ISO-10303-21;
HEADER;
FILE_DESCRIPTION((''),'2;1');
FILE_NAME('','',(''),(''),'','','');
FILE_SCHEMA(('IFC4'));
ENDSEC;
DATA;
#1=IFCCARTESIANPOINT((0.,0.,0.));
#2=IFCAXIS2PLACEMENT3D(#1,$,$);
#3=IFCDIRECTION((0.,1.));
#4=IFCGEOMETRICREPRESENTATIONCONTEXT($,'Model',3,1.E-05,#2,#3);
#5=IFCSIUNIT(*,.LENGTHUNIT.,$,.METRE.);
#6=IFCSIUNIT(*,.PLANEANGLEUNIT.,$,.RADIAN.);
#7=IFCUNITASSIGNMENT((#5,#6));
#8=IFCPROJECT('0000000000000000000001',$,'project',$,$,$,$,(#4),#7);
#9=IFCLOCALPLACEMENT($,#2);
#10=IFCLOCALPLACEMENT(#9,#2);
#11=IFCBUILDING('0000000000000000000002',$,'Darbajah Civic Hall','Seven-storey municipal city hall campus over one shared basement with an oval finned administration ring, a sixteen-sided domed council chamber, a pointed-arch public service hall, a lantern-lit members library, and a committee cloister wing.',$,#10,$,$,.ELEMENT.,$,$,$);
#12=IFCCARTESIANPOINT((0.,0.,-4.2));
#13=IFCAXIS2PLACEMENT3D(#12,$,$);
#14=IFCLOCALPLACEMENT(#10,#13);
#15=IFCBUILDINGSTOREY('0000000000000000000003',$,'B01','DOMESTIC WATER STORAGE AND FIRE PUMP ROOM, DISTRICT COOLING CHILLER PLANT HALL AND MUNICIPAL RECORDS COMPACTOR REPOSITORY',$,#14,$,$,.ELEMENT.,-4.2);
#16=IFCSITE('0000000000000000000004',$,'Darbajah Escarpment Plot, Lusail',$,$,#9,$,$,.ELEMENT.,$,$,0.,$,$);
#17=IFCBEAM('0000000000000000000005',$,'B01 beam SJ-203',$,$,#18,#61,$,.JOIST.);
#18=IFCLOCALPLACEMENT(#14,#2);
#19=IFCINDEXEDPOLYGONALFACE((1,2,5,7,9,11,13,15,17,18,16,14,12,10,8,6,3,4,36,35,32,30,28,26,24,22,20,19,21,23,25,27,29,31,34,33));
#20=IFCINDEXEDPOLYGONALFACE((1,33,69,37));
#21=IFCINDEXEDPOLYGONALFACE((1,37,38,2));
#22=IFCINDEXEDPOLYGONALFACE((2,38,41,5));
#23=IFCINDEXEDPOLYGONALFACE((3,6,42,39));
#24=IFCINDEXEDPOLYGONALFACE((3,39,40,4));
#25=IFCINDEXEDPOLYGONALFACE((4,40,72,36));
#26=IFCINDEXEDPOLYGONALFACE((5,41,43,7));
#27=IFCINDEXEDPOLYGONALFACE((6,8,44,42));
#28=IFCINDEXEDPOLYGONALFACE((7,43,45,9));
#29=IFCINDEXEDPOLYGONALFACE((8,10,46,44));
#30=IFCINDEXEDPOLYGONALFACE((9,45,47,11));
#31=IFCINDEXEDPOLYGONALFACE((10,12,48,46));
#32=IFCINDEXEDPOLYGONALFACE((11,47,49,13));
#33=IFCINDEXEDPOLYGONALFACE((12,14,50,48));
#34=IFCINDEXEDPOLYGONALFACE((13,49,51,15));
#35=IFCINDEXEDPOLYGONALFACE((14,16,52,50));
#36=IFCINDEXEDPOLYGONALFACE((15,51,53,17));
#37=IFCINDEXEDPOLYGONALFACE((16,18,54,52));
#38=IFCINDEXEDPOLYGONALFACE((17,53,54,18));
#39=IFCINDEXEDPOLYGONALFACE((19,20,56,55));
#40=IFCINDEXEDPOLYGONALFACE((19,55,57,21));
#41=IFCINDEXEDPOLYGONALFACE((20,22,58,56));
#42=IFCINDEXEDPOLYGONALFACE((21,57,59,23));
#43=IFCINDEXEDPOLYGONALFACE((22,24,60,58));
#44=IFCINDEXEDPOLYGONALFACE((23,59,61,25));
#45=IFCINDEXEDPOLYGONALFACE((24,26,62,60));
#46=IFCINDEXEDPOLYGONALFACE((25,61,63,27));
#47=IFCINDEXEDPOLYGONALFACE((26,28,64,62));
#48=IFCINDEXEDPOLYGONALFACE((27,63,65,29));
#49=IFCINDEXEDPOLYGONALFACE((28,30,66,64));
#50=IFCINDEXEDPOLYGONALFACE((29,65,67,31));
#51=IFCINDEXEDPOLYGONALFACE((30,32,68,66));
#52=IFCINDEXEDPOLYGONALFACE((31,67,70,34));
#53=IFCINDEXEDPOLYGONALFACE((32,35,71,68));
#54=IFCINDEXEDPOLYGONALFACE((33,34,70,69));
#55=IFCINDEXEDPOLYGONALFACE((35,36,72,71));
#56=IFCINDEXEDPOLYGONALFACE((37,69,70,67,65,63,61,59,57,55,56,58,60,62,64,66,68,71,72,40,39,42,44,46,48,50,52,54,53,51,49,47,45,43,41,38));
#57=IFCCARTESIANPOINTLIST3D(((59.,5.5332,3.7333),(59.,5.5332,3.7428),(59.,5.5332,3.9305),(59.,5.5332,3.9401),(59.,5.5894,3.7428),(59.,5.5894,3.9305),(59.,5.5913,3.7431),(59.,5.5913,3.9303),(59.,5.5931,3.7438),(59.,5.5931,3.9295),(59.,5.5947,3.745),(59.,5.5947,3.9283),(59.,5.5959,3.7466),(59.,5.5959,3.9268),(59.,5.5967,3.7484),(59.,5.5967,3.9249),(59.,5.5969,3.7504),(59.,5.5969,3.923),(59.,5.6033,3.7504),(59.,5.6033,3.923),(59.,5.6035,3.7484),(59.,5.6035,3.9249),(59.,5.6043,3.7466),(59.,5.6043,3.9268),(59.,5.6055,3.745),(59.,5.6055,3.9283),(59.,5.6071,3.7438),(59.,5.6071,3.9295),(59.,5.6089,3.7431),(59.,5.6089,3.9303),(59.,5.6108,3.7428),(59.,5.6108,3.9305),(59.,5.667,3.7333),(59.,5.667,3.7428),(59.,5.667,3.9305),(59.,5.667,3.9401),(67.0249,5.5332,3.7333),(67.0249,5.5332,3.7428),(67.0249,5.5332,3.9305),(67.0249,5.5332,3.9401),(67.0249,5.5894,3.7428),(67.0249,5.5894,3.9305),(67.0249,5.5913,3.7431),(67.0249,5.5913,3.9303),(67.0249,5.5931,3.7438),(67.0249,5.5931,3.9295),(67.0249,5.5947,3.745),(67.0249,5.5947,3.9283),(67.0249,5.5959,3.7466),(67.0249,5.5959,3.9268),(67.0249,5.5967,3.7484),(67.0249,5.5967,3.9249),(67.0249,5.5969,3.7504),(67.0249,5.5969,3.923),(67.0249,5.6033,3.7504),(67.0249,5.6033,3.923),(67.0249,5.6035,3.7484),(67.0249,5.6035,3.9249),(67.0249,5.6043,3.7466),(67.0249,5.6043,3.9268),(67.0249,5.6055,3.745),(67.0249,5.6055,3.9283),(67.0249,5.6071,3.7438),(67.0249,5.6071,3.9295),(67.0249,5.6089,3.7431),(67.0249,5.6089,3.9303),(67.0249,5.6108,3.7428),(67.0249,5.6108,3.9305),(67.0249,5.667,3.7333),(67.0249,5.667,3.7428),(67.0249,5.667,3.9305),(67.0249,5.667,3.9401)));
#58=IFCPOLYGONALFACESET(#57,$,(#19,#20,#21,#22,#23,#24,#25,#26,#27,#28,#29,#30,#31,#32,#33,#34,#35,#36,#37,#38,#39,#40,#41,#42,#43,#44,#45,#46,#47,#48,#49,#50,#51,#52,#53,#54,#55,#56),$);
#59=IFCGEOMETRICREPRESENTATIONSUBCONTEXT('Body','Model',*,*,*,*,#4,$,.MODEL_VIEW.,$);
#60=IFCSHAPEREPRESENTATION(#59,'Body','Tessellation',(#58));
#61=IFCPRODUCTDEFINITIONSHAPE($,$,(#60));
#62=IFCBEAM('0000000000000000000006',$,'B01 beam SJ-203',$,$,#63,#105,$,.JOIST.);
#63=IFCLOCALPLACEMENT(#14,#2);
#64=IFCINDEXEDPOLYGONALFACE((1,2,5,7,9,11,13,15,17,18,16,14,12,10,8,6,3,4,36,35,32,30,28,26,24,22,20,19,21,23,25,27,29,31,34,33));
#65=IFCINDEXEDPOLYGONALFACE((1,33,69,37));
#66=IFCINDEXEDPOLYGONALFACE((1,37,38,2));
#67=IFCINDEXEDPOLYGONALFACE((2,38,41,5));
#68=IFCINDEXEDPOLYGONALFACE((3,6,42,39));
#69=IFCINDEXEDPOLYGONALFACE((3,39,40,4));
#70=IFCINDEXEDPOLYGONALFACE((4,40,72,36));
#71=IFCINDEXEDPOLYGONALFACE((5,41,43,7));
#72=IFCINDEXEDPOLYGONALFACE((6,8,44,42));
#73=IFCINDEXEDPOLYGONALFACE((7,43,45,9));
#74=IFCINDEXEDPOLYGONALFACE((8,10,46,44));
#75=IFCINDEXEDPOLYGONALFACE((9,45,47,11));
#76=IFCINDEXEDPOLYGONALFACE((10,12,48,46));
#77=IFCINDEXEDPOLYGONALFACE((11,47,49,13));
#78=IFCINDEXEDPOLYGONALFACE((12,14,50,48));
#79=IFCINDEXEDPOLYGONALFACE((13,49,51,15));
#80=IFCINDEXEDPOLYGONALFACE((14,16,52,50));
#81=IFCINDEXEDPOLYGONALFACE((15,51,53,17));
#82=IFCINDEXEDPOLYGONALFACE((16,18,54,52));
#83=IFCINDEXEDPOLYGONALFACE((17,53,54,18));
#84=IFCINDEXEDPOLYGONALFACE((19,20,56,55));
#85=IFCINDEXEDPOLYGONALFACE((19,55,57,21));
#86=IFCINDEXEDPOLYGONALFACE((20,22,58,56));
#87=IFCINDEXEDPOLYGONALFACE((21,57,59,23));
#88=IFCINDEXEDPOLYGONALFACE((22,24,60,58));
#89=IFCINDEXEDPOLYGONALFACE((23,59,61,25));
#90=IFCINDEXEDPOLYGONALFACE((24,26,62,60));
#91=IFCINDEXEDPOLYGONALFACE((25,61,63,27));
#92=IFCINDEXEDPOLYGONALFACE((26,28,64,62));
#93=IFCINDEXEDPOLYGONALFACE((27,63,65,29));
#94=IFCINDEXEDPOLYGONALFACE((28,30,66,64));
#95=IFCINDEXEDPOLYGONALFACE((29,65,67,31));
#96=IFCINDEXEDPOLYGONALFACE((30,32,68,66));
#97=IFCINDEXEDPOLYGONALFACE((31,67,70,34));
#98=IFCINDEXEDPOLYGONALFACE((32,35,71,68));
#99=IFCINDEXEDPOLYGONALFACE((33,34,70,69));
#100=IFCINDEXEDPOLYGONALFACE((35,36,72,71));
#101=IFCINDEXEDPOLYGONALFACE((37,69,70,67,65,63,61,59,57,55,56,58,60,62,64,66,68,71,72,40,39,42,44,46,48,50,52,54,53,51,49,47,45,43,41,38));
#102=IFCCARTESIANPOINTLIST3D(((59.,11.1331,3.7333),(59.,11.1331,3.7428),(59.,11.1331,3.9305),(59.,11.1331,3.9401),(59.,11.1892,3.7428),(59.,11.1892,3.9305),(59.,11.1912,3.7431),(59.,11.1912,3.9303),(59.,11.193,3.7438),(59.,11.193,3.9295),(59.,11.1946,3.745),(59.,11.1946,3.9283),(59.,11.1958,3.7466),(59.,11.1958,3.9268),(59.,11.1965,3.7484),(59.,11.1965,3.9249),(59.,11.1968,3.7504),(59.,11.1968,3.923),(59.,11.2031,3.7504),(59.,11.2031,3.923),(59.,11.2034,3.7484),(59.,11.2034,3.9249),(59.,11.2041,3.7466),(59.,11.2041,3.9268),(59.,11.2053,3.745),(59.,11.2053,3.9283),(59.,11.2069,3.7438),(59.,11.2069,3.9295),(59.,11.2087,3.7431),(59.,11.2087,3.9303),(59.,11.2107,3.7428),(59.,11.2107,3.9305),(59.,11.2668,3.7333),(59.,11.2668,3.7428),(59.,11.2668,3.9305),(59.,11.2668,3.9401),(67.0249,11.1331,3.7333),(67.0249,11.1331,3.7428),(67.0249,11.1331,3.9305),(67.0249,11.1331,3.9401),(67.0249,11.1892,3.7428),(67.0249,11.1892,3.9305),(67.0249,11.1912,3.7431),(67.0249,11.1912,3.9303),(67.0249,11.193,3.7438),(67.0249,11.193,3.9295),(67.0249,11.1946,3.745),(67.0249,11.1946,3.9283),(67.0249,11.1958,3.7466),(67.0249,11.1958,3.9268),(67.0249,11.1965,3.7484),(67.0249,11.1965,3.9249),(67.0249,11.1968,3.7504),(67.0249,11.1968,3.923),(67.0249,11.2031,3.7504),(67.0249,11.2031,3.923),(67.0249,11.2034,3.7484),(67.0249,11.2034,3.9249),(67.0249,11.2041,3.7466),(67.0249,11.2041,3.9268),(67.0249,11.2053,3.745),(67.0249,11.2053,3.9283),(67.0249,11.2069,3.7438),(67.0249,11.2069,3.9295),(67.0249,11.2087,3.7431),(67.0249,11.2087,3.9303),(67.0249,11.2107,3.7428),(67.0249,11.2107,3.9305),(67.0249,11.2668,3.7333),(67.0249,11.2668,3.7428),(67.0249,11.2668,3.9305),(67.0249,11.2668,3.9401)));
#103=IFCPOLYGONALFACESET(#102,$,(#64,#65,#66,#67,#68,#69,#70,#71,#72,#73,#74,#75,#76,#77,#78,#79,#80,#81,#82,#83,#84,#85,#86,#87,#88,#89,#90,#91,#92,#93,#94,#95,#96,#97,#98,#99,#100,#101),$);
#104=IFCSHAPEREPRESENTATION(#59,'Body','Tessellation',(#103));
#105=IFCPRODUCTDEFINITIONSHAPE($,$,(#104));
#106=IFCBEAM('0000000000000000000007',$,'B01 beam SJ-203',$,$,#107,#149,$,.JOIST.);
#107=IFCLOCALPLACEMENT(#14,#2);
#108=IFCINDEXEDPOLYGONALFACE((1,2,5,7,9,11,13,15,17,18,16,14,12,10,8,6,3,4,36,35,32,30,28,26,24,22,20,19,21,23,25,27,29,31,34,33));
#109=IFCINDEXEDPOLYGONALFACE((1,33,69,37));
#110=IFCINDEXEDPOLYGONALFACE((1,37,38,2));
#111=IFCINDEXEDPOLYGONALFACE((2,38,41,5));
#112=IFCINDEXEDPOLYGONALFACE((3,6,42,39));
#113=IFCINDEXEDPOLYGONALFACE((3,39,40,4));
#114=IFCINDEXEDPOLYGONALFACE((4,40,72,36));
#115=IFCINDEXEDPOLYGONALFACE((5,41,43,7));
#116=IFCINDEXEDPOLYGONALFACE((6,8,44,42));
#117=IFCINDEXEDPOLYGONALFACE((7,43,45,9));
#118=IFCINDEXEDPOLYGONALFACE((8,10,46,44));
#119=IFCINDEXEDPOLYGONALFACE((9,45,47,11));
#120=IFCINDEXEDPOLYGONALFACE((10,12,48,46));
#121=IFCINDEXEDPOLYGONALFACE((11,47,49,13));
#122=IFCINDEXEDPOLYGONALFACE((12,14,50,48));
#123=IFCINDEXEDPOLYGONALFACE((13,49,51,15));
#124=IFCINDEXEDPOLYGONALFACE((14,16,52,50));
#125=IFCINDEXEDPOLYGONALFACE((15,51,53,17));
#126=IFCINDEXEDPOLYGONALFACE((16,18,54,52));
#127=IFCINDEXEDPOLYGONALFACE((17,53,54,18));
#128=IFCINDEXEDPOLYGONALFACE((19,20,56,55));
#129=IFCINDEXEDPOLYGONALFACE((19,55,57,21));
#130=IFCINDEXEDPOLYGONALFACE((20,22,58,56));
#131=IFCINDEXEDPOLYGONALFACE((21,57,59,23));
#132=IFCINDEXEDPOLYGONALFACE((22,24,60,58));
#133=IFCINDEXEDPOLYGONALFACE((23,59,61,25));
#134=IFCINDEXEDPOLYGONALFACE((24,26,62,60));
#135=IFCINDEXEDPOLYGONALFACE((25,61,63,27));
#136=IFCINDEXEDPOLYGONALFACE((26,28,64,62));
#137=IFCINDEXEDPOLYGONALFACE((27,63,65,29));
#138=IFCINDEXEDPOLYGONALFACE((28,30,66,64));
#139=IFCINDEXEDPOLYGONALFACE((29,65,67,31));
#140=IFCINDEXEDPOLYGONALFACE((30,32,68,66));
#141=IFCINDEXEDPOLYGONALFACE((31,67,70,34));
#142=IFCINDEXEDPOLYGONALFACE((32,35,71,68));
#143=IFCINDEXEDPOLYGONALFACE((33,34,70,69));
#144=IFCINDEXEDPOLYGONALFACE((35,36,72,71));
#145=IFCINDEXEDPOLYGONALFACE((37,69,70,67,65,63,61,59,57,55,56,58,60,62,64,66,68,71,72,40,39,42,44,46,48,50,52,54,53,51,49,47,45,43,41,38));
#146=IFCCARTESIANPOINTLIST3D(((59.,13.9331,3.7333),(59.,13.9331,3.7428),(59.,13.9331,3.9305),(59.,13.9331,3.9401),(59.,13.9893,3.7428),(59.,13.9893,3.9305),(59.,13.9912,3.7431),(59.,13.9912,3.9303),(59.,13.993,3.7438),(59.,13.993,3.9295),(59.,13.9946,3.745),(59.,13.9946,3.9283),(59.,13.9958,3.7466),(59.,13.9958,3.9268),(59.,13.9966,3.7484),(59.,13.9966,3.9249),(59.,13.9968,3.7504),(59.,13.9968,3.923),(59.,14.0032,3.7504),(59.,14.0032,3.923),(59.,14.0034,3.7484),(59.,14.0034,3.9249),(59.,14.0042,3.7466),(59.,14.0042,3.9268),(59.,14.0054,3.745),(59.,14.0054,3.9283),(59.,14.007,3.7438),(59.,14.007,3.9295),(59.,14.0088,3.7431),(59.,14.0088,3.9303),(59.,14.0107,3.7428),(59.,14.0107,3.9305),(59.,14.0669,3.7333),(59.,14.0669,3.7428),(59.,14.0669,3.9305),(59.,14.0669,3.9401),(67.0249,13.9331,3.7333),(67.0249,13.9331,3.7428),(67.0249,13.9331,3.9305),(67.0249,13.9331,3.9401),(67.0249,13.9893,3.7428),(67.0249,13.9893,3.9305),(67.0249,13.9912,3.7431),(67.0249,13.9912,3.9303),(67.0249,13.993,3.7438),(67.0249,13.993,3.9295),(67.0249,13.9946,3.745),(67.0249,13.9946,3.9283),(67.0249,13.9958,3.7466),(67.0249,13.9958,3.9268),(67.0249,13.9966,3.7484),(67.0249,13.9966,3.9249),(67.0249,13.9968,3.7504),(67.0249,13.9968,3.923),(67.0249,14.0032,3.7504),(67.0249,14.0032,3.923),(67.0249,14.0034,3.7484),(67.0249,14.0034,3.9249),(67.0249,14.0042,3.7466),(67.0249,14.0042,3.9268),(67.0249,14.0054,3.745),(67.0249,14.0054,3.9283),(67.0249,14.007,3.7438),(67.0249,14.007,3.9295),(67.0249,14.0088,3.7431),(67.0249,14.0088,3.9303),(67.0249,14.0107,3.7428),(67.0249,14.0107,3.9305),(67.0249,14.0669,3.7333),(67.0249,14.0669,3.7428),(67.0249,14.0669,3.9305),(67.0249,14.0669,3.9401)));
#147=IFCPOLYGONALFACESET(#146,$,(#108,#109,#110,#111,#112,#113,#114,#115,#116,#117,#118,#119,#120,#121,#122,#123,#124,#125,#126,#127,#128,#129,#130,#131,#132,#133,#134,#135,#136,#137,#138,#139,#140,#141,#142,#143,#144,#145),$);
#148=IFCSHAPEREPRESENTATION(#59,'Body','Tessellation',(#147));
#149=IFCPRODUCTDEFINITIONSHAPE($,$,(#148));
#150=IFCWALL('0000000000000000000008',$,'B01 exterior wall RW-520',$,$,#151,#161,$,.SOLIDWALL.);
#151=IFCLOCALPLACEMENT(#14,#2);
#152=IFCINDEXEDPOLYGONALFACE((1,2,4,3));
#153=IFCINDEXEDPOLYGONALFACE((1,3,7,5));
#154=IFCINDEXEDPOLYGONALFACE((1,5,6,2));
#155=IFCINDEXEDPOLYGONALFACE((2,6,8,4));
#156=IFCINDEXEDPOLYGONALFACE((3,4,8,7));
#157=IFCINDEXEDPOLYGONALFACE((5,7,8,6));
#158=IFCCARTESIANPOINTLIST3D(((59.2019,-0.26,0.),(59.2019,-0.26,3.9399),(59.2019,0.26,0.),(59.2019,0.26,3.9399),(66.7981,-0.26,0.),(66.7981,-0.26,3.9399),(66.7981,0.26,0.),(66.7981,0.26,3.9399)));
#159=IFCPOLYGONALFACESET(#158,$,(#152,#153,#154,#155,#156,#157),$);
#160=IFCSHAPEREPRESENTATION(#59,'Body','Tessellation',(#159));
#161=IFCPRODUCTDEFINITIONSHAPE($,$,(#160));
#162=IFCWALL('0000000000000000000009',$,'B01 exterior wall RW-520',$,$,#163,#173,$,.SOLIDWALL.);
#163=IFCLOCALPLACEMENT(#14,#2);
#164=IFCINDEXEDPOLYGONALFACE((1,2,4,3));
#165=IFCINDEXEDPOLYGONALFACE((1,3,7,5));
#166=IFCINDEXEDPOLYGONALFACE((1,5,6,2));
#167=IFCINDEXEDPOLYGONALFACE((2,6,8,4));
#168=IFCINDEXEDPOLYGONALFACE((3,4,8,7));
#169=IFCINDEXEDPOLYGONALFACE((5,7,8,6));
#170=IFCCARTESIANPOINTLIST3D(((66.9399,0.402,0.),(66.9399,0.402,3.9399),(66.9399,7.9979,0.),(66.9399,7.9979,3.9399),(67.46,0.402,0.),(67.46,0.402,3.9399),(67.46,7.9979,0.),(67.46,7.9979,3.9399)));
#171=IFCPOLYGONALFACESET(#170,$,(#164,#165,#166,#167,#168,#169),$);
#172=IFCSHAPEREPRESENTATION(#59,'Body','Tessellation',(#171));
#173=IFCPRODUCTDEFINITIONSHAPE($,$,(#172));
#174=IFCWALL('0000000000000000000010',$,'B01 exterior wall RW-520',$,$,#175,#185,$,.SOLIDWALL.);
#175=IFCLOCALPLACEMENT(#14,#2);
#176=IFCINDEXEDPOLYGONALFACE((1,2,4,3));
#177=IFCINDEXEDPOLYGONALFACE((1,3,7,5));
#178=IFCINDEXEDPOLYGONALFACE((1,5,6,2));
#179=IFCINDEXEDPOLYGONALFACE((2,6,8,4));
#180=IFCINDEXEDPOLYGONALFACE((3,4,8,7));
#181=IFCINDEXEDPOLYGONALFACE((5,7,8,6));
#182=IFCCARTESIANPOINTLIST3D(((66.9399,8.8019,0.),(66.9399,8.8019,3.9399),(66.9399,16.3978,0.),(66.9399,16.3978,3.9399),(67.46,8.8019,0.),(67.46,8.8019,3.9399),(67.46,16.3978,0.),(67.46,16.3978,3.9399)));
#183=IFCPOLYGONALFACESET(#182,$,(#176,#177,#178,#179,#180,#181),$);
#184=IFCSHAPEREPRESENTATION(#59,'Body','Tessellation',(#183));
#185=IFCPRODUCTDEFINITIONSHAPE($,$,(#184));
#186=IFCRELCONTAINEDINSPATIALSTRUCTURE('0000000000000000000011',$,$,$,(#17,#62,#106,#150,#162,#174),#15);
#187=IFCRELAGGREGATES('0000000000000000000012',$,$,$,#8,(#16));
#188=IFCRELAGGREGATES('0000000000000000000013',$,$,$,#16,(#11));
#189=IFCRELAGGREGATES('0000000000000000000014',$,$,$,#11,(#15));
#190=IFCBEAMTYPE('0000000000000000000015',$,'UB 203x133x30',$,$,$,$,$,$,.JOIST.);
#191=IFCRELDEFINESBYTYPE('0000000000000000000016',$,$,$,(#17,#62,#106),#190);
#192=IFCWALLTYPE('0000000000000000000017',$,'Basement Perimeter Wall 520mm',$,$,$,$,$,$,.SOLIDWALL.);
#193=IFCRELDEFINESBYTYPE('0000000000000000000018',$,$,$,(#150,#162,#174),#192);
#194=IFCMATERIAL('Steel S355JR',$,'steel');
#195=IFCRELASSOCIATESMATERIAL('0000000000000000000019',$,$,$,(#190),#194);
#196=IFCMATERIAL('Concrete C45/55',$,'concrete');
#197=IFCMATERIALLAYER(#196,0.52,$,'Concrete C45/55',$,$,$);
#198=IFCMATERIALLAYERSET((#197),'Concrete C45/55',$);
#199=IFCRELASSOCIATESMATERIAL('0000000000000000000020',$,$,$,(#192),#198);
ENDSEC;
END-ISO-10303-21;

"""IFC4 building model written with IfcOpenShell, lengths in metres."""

from ifc_helpers import new_model, si_unit, direction, frame, frame_2d, origin, origin_2d, place, context, subcontext, project, spatial, rectangle, i_section, extrude, material, layer, layer_set, material_profile, profile_set, type_object, element, save


model = new_model("IFC4")

# Units and contexts
model_context = context("Model", 3, precision=1e-05, world=origin(), true_north=direction((0.0, 1.0)))
body_context = subcontext(model_context, "Body", "Model", "MODEL_VIEW")
ifc_project = project(units=[si_unit("LENGTHUNIT", "METRE"), si_unit("PLANEANGLEUNIT", "RADIAN")], contexts=[model_context])

# Site, building, storey
site_placement = place(None, origin())
site = spatial("IfcSite", under=ifc_project, at=site_placement, Name="Darbajah Escarpment Plot, Lusail", CompositionType="ELEMENT", RefElevation=0.0)
building_placement = place(site_placement, origin())
building = spatial("IfcBuilding", under=site, at=building_placement, Name="Darbajah Civic Hall", Description="Seven-storey municipal city hall campus over one shared basement with an oval finned administration ring, a sixteen-sided domed council chamber, a pointed-arch public service hall, a lantern-lit members library, and a committee cloister wing.", CompositionType="ELEMENT")
storey_placement = place(building_placement, frame((0.0, 0.0, -4.2)))
storey = spatial("IfcBuildingStorey", under=building, at=storey_placement, Name="B01", Description="DOMESTIC WATER STORAGE AND FIRE PUMP ROOM, DISTRICT COOLING CHILLER PLANT HALL AND MUNICIPAL RECORDS COMPACTOR REPOSITORY", CompositionType="ELEMENT", Elevation=-4.2)

# Shared definitions
ifc_material_1 = material(Name="Concrete C45/55", Category="concrete")

# Beams
ifc_material_2 = material(Name="Steel S355JR", Category="steel")
ifc_material_profile_1 = material_profile(ifc_material_2, i_section(OverallWidth=0.1338, OverallDepth=0.2068, WebThickness=0.0063, FlangeThickness=0.0095, FilletRadius=0.0076, at=origin_2d()), Name="UB 203x133x30")
ifc_profile_set_1 = profile_set([ifc_material_profile_1], Name="Steel S355JR")
beam_type_1 = type_object("IfcBeamType", Name="UB 203x133x30", PredefinedType="JOIST", material=ifc_profile_set_1)
for number, where, z_axis, x_axis, name in (
    (1, (59.0, 5.6001, 3.8367), (1.0, 0.0, 0.0), (0.0, 1.0, 0.0), "B01 beam SJ-203"),
    (2, (59.0, 11.2, 3.8367), (1.0, 0.0, 0.0), (0.0, 1.0, 0.0), "B01 beam SJ-203"),
    (3, (59.0, 14.0, 3.8367), (1.0, 0.0, 0.0), (0.0, 1.0, 0.0), "B01 beam SJ-203"),
):
    element("IfcBeam", number, at=place(storey_placement, frame(where, z_axis=z_axis, x_axis=x_axis)), inside=storey, type_object=beam_type_1, Name=name, PredefinedType="JOIST", context=body_context, shape_type="SweptSolid", body=[
        extrude(i_section(OverallWidth=0.1338, OverallDepth=0.2068, WebThickness=0.0063, FlangeThickness=0.0095, FilletRadius=0.0076, at=origin_2d()), origin(), (0.0, 0.0, 1.0), 8.0249),
    ])

# Walls
ifc_layer = layer(ifc_material_1, 0.52, Name="Concrete C45/55")
ifc_layer_set = layer_set([ifc_layer], Name="Concrete C45/55")
wall_type = type_object("IfcWallType", Name="Basement Perimeter Wall 520mm", PredefinedType="SOLIDWALL", material=ifc_layer_set)
wall_placement = place(storey_placement, frame((59.2019, 0.0, 0.0), z_axis=(0.0, 0.0, 1.0), x_axis=(1.0, 0.0, 0.0)))
element("IfcWall", 4, at=wall_placement, inside=storey, type_object=wall_type, Name="B01 exterior wall RW-520", PredefinedType="SOLIDWALL", context=body_context, shape_type="SweptSolid", body=[
    extrude(rectangle(XDim=7.5962, YDim=0.52, at=frame_2d((3.7981, 0.0))), origin(), (0.0, 0.0, 1.0), 3.9399),
])
for number, where, z_axis, x_axis, name in (
    (5, (67.2, 0.4021, 0.0), (0.0, 0.0, 1.0), (0.0, 1.0, 0.0), "B01 exterior wall RW-520"),
    (6, (67.2, 8.802, 0.0), (0.0, 0.0, 1.0), (0.0, 1.0, 0.0), "B01 exterior wall RW-520"),
):
    element("IfcWall", number, at=place(storey_placement, frame(where, z_axis=z_axis, x_axis=x_axis)), inside=storey, type_object=wall_type, Name=name, PredefinedType="SOLIDWALL", context=body_context, shape_type="SweptSolid", body=[
        extrude(rectangle(XDim=7.5959, YDim=0.52, at=frame_2d((3.7979, 0.0))), origin(), (0.0, 0.0, 1.0), 3.9399),
    ])

save(model, "model.ifc")
